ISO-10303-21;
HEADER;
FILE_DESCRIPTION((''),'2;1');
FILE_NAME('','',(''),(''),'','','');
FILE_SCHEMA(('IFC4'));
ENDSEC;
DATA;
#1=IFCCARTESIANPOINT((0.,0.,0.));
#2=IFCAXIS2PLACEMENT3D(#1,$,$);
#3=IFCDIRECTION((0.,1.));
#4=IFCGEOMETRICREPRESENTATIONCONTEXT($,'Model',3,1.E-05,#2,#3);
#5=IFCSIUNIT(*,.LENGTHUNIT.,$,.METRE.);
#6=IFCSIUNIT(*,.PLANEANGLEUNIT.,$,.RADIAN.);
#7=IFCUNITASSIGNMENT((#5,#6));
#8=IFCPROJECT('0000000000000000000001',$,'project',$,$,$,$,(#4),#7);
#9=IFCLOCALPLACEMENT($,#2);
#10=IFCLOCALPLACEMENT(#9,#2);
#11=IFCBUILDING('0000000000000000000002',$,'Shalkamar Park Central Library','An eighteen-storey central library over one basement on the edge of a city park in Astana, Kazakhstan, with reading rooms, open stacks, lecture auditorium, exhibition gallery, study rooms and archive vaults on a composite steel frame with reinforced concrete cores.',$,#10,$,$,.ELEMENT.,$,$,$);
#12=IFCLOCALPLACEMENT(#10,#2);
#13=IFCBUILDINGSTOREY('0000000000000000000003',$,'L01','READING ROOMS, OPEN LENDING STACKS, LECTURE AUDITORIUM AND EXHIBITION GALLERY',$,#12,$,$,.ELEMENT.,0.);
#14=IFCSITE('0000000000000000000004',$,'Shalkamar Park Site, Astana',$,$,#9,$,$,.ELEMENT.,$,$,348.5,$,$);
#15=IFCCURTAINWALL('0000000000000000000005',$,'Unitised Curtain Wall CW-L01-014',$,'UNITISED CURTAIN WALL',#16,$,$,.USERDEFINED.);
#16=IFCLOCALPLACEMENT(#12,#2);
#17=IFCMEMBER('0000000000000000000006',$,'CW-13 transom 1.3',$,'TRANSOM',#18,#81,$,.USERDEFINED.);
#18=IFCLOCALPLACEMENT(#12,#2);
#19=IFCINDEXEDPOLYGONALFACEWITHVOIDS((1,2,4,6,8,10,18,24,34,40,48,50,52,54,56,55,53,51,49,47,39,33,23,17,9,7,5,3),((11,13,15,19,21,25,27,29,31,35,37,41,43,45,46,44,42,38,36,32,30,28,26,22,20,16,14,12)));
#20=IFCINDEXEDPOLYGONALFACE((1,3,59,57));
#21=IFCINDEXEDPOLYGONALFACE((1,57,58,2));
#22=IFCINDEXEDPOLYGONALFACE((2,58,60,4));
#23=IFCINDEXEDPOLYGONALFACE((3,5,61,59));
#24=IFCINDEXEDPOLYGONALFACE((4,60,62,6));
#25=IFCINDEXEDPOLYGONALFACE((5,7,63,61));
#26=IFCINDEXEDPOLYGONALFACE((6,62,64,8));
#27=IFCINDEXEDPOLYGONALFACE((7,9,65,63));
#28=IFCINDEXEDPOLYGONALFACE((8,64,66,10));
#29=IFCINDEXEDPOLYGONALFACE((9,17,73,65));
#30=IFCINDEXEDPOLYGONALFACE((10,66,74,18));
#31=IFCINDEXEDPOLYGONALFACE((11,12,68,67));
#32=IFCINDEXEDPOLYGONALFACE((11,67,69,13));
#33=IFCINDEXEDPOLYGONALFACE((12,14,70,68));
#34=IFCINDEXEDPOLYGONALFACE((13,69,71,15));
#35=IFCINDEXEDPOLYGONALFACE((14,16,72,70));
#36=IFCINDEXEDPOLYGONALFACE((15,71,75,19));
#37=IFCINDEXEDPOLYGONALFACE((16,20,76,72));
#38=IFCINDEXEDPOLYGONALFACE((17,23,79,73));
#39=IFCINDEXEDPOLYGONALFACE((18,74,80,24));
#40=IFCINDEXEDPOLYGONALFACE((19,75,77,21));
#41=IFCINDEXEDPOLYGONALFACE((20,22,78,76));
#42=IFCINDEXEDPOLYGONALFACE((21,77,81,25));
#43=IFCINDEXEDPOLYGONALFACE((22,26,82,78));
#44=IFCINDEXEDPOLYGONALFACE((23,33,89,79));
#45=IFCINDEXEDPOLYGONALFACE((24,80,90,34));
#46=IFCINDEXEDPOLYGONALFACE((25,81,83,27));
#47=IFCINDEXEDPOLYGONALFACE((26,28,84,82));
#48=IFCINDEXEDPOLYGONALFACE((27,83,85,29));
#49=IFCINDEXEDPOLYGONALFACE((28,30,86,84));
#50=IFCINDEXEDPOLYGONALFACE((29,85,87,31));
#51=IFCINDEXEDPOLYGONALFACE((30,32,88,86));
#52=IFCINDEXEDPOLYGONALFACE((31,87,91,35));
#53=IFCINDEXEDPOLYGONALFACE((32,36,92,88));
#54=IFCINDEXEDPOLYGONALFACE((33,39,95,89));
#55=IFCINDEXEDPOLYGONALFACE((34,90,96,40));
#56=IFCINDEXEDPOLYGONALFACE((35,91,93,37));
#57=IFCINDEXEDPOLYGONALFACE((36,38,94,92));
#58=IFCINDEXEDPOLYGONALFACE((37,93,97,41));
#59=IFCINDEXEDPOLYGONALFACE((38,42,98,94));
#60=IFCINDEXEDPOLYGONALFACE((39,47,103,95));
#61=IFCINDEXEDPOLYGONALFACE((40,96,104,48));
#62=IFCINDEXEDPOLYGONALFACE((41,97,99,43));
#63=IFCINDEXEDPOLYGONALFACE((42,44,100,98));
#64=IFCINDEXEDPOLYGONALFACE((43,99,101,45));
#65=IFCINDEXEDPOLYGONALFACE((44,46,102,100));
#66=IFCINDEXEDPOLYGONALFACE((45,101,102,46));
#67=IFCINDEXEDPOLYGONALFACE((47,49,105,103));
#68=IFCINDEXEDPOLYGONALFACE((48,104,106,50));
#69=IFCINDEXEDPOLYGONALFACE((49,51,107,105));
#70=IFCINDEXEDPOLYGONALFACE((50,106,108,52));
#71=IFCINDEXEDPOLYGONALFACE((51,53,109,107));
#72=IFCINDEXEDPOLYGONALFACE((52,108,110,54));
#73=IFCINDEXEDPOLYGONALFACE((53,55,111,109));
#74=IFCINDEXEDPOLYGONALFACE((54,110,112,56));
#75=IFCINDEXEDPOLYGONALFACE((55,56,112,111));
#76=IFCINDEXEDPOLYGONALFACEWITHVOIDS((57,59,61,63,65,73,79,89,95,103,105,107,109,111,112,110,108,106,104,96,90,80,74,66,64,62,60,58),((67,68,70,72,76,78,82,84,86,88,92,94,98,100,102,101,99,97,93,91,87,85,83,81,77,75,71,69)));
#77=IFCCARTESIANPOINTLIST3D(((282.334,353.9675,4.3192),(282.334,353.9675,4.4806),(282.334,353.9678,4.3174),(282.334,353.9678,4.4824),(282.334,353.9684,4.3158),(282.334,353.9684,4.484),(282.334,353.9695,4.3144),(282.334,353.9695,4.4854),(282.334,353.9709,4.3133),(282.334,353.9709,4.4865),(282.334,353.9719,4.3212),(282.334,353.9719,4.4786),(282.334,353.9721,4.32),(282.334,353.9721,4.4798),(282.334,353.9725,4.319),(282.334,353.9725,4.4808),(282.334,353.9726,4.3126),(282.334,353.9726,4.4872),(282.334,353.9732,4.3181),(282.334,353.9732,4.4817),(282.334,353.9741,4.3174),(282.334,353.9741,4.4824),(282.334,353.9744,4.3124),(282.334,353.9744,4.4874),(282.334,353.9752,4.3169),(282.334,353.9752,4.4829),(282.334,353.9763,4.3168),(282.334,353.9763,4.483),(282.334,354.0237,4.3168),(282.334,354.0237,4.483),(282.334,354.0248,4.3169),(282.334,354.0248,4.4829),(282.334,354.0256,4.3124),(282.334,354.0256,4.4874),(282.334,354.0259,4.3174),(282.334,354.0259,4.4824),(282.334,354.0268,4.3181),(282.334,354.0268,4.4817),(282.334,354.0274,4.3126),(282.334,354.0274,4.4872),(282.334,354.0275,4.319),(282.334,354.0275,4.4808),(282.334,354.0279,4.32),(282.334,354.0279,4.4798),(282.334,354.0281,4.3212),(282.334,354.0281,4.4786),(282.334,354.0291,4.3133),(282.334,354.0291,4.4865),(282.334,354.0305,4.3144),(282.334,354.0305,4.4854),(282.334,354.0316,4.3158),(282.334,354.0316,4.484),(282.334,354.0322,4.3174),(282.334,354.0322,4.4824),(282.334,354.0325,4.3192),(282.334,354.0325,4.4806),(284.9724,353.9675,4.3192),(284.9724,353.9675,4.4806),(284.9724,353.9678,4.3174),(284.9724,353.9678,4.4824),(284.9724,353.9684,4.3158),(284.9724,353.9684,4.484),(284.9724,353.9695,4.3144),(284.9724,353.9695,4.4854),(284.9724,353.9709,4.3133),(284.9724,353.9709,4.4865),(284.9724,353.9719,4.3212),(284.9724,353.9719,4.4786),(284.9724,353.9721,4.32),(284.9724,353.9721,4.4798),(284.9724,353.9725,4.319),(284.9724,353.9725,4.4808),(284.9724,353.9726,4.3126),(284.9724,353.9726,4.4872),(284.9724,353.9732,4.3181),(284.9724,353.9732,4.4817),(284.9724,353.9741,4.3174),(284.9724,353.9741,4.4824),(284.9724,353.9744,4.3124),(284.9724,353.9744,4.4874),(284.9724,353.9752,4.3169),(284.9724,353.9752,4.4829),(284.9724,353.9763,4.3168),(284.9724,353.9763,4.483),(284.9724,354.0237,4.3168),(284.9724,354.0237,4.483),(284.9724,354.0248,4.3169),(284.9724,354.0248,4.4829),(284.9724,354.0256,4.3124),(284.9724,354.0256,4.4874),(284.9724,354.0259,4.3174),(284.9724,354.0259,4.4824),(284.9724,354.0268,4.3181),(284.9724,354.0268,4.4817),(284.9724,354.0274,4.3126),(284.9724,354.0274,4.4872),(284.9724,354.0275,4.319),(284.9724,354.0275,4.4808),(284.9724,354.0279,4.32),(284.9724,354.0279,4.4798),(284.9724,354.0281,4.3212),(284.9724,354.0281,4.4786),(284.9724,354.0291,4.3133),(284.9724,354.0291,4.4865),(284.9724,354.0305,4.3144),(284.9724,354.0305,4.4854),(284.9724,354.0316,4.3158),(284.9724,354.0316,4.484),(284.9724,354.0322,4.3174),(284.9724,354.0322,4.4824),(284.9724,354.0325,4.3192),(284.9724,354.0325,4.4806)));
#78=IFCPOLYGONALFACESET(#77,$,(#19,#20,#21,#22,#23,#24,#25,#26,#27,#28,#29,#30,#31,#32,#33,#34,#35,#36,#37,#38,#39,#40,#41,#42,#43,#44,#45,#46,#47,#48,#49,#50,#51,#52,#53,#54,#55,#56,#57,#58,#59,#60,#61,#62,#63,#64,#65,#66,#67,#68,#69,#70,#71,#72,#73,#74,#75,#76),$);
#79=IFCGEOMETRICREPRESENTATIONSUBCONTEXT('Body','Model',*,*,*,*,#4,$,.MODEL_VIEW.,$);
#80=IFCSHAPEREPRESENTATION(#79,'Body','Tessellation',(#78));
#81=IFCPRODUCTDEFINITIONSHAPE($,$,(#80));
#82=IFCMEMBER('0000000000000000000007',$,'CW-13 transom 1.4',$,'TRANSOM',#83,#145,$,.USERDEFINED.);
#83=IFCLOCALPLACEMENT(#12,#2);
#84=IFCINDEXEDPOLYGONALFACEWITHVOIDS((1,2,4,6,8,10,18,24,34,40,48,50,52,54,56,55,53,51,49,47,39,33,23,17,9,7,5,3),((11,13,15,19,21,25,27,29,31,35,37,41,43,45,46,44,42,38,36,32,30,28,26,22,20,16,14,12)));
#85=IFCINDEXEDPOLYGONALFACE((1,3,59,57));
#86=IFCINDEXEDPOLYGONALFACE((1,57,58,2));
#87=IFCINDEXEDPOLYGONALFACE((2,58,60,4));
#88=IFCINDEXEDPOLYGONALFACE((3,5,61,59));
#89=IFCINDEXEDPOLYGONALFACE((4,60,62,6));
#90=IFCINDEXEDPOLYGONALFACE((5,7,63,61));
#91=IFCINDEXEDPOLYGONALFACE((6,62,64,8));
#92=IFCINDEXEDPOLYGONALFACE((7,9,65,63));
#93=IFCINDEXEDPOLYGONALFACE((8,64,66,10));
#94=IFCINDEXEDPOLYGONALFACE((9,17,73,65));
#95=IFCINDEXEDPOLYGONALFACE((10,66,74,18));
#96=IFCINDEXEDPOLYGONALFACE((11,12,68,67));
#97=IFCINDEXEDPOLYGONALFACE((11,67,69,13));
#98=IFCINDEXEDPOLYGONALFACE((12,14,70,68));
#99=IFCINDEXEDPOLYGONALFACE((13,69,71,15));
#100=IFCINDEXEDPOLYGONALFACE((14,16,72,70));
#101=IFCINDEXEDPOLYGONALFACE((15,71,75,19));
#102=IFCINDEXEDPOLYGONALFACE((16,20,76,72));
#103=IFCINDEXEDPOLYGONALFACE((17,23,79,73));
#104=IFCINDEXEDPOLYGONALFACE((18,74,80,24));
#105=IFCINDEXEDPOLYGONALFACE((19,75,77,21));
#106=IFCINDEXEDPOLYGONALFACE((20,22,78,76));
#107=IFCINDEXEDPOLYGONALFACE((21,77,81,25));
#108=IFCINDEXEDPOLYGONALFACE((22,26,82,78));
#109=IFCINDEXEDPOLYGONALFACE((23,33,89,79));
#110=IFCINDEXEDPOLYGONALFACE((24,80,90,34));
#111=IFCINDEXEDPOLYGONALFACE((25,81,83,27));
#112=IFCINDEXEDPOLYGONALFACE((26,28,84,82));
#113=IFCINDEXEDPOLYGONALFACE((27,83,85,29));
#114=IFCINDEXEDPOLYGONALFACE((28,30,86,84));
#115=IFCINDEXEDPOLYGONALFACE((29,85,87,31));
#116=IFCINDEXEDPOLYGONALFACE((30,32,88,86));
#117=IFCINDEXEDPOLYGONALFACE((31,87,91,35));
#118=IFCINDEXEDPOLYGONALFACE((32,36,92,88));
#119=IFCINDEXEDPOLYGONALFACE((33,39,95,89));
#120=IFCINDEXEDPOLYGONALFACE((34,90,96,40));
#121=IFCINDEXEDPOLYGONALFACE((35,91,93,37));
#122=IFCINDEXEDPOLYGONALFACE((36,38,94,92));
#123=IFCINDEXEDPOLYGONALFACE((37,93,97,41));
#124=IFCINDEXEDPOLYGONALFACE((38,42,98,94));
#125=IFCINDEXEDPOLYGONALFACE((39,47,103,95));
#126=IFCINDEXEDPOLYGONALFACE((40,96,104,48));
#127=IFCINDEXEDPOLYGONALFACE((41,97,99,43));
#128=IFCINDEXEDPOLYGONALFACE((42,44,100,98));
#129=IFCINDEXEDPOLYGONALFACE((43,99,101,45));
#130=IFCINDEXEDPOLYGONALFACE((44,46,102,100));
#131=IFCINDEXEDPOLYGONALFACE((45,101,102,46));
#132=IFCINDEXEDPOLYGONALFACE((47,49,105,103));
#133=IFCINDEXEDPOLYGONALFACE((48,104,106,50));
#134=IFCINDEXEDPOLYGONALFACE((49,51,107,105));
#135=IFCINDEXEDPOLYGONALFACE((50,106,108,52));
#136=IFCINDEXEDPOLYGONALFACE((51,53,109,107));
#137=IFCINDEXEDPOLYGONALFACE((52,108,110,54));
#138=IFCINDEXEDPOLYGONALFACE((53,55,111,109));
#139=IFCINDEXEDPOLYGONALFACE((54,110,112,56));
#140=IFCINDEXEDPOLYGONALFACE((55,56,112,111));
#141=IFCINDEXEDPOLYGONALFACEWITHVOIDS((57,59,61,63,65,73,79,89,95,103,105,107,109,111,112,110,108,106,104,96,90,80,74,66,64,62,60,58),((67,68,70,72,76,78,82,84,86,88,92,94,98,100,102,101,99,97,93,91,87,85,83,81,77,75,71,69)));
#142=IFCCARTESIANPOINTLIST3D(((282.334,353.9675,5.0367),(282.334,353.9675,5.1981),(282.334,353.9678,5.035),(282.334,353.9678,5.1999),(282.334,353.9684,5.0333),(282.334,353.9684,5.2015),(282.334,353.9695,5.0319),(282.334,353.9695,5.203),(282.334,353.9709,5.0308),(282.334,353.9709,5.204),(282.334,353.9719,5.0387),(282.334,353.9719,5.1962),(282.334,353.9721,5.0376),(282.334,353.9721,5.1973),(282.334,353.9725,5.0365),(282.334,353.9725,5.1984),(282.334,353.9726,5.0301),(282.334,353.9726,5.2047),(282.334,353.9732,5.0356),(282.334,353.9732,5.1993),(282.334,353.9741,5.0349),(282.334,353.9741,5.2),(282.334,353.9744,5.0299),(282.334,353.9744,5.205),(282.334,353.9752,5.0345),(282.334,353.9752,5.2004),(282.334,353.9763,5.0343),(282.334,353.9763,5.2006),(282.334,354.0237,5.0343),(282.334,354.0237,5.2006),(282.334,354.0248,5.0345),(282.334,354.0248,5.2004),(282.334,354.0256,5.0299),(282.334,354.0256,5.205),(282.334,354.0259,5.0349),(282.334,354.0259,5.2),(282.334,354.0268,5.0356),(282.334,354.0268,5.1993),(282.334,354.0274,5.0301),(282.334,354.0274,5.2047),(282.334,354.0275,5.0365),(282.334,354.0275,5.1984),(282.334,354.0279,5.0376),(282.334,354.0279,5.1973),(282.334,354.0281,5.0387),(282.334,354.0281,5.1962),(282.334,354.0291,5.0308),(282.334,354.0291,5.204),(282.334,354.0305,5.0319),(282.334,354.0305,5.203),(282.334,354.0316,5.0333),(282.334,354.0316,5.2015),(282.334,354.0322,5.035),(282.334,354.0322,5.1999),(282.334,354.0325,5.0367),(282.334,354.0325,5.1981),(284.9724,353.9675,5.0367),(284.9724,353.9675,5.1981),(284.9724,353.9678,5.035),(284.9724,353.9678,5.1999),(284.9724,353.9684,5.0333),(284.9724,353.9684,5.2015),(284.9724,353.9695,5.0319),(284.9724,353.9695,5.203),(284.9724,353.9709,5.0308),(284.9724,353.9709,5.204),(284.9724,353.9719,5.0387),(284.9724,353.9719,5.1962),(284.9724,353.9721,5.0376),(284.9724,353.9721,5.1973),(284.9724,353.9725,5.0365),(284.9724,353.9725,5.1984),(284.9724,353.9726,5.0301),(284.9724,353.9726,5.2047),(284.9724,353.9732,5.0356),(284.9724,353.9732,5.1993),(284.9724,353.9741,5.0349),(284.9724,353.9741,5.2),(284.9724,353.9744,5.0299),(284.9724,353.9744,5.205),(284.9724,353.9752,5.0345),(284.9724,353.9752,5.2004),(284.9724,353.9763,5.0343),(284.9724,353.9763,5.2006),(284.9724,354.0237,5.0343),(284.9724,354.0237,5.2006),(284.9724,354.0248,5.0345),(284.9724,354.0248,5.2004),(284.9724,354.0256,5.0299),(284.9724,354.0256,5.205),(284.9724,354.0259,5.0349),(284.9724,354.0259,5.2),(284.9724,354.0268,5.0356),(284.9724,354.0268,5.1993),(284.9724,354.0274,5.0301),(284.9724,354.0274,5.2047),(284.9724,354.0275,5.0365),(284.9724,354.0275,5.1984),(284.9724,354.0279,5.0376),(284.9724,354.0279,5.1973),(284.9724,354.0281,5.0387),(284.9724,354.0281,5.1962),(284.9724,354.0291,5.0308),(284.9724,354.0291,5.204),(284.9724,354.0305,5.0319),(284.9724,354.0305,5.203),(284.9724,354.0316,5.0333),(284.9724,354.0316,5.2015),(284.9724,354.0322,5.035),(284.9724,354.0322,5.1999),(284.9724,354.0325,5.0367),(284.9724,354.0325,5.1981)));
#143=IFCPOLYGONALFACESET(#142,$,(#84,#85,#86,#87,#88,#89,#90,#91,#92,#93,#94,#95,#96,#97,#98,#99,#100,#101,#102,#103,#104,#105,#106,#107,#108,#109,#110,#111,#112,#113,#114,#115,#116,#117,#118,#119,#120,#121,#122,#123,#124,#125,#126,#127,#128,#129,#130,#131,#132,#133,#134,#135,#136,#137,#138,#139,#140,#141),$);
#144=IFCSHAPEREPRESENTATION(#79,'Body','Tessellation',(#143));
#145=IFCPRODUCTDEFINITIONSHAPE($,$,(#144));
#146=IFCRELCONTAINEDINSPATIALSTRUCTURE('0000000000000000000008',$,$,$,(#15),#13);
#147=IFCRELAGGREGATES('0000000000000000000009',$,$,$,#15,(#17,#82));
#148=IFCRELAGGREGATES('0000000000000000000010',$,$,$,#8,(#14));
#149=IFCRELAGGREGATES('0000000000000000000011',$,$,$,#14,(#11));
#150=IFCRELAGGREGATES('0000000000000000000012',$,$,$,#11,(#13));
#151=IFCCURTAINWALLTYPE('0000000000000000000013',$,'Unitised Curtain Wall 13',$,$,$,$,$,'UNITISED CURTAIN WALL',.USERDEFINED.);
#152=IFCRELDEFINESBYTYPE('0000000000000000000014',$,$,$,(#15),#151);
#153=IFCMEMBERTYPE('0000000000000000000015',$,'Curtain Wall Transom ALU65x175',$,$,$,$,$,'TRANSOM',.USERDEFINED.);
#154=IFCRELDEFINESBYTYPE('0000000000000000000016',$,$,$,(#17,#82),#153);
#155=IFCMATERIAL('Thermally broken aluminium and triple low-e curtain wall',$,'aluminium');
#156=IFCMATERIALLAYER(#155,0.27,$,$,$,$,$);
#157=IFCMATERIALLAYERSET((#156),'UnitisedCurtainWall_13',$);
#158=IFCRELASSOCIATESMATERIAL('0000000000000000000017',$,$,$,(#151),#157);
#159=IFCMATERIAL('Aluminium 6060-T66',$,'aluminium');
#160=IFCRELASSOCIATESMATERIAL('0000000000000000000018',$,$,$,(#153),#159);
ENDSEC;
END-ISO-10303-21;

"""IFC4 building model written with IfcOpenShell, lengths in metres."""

from ifc_helpers import new_model, si_unit, direction, frame, origin, origin_2d, place, context, subcontext, project, spatial, hollow_rectangle, extrude, material, layer, layer_set, material_profile, profile_set, type_object, element, aggregate, save


model = new_model("IFC4")

# Units and contexts
model_context = context("Model", 3, precision=1e-05, world=origin(), true_north=direction((0.0, 1.0)))
body_context = subcontext(model_context, "Body", "Model", "MODEL_VIEW")
ifc_project = project(units=[si_unit("LENGTHUNIT", "METRE"), si_unit("PLANEANGLEUNIT", "RADIAN")], contexts=[model_context])

# Site, building, storey
site_placement = place(None, origin())
site = spatial("IfcSite", under=ifc_project, at=site_placement, Name="Shalkamar Park Site, Astana", CompositionType="ELEMENT", RefElevation=348.5)
building_placement = place(site_placement, origin())
building = spatial("IfcBuilding", under=site, at=building_placement, Name="Shalkamar Park Central Library", Description="An eighteen-storey central library over one basement on the edge of a city park in Astana, Kazakhstan, with reading rooms, open stacks, lecture auditorium, exhibition gallery, study rooms and archive vaults on a composite steel frame with reinforced concrete cores.", CompositionType="ELEMENT")
storey_placement = place(building_placement, origin())
storey = spatial("IfcBuildingStorey", under=building, at=storey_placement, Name="L01", Description="READING ROOMS, OPEN LENDING STACKS, LECTURE AUDITORIUM AND EXHIBITION GALLERY", CompositionType="ELEMENT", Elevation=0.0)

# Curtain wall, members
ifc_material_1 = material(Name="Thermally broken aluminium and triple low-e curtain wall", Category="aluminium")
ifc_layer_1 = layer(ifc_material_1, 0.27)
ifc_layer_set_1 = layer_set([ifc_layer_1], Name="UnitisedCurtainWall_13")
curtain_wall_type = type_object("IfcCurtainWallType", Name="Unitised Curtain Wall 13", ElementType="UNITISED CURTAIN WALL", PredefinedType="USERDEFINED", material=ifc_layer_set_1)
curtain_wall_placement = place(storey_placement, origin())
curtain_wall = element("IfcCurtainWall", 1, at=curtain_wall_placement, inside=storey, type_object=curtain_wall_type, Name="Unitised Curtain Wall CW-L01-014", ObjectType="UNITISED CURTAIN WALL", PredefinedType="USERDEFINED")
ifc_material_2 = material(Name="Aluminium 6060-T66", Category="aluminium")
ifc_material_profile_1 = material_profile(ifc_material_2, hollow_rectangle(XDim=0.0649, YDim=0.175, WallThickness=0.0044, InnerFilletRadius=0.0044, OuterFilletRadius=0.0068, at=origin_2d()), Name="ALU 65x175x4.5")
ifc_profile_set_1 = profile_set([ifc_material_profile_1], Name="Aluminium 6060-T66")
member_type_1 = type_object("IfcMemberType", Name="Curtain Wall Transom ALU65x175", ElementType="TRANSOM", PredefinedType="USERDEFINED", material=ifc_profile_set_1)
member_1_placement = place(storey_placement, frame((282.334, 354.0, 4.3999), z_axis=(1.0, 0.0, 0.0), x_axis=(0.0, 1.0, 0.0)))
member_1 = element("IfcMember", 2, at=member_1_placement, type_object=member_type_1, Name="CW-13 transom 1.3", ObjectType="TRANSOM", PredefinedType="USERDEFINED", context=body_context, shape_type="SweptSolid", body=[
    extrude(hollow_rectangle(XDim=0.0649, YDim=0.175, WallThickness=0.0044, InnerFilletRadius=0.0044, OuterFilletRadius=0.0068, at=origin_2d()), origin(), (0.0, 0.0, 1.0), 2.6384),
])
member_2_placement = place(storey_placement, frame((282.334, 354.0, 5.1174), z_axis=(1.0, 0.0, 0.0), x_axis=(0.0, 1.0, 0.0)))
member_2 = element("IfcMember", 3, at=member_2_placement, type_object=member_type_1, Name="CW-13 transom 1.4", ObjectType="TRANSOM", PredefinedType="USERDEFINED", context=body_context, shape_type="SweptSolid", body=[
    extrude(hollow_rectangle(XDim=0.0649, YDim=0.175, WallThickness=0.0044, InnerFilletRadius=0.0044, OuterFilletRadius=0.0068, at=origin_2d()), origin(), (0.0, 0.0, 1.0), 2.6384),
])

aggregate(curtain_wall, [member_1, member_2])

save(model, "model.ifc")
